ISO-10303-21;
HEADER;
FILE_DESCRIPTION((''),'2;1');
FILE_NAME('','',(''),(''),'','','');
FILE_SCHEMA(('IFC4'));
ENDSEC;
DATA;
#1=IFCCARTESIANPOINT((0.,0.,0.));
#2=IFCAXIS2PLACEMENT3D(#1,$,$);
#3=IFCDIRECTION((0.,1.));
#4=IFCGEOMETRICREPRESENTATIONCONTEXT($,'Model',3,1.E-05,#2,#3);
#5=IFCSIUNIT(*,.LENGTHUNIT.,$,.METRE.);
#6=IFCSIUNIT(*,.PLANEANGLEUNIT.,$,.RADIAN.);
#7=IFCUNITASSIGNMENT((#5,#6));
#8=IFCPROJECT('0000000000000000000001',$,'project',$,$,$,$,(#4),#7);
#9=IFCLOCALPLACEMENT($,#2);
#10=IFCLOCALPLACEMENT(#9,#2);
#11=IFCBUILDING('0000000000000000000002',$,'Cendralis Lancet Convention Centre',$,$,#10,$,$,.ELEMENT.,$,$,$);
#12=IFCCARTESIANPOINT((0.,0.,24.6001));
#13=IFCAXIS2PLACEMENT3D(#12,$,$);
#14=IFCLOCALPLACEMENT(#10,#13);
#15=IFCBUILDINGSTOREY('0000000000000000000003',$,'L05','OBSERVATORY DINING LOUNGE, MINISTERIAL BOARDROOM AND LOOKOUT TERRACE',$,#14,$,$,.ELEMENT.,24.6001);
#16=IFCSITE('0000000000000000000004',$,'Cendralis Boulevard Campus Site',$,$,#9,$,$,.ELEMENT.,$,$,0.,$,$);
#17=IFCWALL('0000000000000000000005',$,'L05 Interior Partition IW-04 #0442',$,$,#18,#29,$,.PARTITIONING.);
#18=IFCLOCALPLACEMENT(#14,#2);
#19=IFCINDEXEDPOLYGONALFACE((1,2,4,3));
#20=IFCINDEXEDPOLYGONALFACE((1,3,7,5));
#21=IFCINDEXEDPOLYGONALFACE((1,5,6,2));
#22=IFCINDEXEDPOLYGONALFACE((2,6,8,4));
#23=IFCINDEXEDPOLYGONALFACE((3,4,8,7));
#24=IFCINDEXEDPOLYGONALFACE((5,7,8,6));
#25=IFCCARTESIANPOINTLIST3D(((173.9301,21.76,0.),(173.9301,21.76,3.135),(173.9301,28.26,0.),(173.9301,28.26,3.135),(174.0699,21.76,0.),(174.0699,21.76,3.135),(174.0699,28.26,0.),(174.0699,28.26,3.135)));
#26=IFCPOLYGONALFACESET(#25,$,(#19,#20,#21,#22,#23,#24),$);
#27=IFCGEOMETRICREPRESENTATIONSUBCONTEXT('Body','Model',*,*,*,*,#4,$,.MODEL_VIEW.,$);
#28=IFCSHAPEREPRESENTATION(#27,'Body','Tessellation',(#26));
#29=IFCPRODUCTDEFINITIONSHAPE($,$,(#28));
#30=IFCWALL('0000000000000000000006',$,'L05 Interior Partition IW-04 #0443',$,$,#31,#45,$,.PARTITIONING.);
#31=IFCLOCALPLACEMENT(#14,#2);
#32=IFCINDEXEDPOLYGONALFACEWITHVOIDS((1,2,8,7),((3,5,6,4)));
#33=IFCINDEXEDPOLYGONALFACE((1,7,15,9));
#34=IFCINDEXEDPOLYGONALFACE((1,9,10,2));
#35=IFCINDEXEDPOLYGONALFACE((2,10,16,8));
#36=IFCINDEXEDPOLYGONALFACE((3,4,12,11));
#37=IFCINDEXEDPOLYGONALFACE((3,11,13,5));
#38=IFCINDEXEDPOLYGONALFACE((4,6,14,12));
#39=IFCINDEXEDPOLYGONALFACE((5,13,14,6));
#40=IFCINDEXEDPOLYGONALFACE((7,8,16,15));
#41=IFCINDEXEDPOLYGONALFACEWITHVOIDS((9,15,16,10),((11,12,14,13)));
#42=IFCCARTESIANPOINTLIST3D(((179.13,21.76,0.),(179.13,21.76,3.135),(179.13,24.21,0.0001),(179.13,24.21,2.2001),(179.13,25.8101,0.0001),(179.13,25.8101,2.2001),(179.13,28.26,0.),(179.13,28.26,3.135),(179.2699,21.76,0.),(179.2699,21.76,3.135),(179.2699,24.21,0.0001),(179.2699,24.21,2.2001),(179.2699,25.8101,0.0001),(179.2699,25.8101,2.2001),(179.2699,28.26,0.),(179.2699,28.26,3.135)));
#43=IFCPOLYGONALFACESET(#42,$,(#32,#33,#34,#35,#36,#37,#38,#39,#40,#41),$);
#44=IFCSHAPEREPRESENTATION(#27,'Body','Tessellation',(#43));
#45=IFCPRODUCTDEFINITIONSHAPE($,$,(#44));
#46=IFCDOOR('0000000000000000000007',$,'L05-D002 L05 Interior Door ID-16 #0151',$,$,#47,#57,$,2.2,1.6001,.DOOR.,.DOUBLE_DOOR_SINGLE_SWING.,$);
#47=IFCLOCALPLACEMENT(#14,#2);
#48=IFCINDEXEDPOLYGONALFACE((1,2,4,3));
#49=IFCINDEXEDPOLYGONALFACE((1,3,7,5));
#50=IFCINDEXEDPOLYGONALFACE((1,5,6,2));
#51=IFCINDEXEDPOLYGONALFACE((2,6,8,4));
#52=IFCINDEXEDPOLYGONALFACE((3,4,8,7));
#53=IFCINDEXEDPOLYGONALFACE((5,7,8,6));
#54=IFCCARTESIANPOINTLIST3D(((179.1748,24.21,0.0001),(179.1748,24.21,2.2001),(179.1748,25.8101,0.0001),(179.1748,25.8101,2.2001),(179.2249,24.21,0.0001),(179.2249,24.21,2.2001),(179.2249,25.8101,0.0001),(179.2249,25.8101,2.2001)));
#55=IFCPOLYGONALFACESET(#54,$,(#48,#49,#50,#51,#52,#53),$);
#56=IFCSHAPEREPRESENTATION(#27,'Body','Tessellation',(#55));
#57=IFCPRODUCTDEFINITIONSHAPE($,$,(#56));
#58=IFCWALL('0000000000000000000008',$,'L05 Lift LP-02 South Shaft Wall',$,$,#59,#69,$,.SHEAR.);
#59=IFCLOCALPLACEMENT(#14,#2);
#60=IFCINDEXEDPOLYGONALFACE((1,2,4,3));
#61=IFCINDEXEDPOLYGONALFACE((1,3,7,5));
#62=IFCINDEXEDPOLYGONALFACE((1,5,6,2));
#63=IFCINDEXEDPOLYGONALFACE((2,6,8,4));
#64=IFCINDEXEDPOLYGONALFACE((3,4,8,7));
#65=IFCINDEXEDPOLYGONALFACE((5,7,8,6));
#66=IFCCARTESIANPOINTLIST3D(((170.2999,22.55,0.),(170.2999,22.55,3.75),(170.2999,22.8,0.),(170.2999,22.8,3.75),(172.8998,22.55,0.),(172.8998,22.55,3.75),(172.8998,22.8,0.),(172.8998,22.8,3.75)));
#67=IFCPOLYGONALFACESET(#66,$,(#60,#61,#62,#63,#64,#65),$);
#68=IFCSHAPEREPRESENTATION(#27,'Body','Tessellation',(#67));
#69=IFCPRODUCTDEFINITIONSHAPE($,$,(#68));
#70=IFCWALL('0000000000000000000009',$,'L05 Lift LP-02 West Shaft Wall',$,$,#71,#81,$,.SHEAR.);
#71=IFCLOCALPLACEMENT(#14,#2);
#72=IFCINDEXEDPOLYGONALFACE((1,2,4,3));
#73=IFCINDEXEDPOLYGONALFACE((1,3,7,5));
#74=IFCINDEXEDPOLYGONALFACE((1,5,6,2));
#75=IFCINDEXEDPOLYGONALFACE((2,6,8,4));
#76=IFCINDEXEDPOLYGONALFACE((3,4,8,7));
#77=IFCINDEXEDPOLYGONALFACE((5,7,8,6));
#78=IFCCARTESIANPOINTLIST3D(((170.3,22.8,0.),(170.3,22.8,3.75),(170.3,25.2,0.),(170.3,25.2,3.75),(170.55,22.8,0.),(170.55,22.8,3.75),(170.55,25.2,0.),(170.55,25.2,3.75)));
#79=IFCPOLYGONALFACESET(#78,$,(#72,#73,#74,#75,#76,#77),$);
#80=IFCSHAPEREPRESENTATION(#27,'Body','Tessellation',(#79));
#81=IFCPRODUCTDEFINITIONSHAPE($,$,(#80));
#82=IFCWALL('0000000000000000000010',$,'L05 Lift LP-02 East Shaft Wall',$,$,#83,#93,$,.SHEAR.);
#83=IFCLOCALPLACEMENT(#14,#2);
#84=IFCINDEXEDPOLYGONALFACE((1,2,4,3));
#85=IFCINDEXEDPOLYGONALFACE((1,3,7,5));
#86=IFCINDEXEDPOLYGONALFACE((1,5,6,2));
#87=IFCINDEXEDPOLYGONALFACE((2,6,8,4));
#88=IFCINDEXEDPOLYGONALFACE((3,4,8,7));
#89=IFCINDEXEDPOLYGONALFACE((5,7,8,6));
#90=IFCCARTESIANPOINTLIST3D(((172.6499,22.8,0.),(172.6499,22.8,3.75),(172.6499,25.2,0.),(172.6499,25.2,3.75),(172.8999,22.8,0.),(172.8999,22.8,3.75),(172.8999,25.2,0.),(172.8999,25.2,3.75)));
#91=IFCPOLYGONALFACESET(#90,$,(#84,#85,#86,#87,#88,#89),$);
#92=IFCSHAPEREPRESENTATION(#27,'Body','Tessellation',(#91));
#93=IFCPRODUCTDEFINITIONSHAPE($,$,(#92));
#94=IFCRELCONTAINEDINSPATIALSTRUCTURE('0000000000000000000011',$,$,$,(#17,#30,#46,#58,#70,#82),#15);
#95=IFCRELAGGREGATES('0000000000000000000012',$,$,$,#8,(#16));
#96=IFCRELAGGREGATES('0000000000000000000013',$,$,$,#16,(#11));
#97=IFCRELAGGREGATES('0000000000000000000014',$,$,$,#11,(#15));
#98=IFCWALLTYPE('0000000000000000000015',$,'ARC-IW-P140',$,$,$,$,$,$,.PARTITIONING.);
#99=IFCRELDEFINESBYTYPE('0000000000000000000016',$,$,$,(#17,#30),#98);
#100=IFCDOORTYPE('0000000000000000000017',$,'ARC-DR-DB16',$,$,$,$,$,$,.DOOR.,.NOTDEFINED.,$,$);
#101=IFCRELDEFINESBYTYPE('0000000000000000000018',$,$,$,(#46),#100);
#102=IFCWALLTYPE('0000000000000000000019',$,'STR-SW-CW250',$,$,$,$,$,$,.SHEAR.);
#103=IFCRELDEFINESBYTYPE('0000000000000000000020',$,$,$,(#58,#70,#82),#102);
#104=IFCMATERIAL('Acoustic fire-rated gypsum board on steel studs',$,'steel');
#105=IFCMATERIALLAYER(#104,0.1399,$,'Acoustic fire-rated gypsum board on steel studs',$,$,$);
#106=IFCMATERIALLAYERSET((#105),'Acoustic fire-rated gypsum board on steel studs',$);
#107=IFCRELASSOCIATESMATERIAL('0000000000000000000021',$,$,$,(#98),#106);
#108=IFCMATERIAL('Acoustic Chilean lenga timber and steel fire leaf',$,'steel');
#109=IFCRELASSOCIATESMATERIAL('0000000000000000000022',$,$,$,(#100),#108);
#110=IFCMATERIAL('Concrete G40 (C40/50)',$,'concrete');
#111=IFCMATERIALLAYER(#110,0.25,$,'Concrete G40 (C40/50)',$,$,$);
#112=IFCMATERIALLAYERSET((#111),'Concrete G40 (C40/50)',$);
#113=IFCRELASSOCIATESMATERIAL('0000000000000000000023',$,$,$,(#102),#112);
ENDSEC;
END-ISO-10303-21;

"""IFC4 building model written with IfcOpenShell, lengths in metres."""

from ifc_helpers import new_model, si_unit, direction, frame, frame_2d, origin, place, context, subcontext, project, spatial, rectangle, extrude, material, layer, layer_set, type_object, element, fill, save


model = new_model("IFC4")

# Units and contexts
model_context = context("Model", 3, precision=1e-05, world=origin(), true_north=direction((0.0, 1.0)))
body_context = subcontext(model_context, "Body", "Model", "MODEL_VIEW")
ifc_project = project(units=[si_unit("LENGTHUNIT", "METRE"), si_unit("PLANEANGLEUNIT", "RADIAN")], contexts=[model_context])

# Site, building, storey
site_placement = place(None, origin())
site = spatial("IfcSite", under=ifc_project, at=site_placement, Name="Cendralis Boulevard Campus Site", CompositionType="ELEMENT", RefElevation=0.0)
building_placement = place(site_placement, origin())
building = spatial("IfcBuilding", under=site, at=building_placement, Name="Cendralis Lancet Convention Centre", CompositionType="ELEMENT")
storey_placement = place(building_placement, frame((0.0, 0.0, 24.6001)))
storey = spatial("IfcBuildingStorey", under=building, at=storey_placement, Name="L05", Description="OBSERVATORY DINING LOUNGE, MINISTERIAL BOARDROOM AND LOOKOUT TERRACE", CompositionType="ELEMENT", Elevation=24.6001)

# Shared definitions
ifc_material_1 = material(Name="Concrete G40 (C40/50)", Category="concrete")

# Wall
ifc_material_2 = material(Name="Acoustic fire-rated gypsum board on steel studs", Category="steel")
ifc_layer_1 = layer(ifc_material_2, 0.1399, Name="Acoustic fire-rated gypsum board on steel studs")
ifc_layer_set_1 = layer_set([ifc_layer_1], Name="Acoustic fire-rated gypsum board on steel studs")
wall_type_1 = type_object("IfcWallType", Name="ARC-IW-P140", PredefinedType="PARTITIONING", material=ifc_layer_set_1)
wall_1_placement = place(storey_placement, frame((174.0, 21.76, 0.0), z_axis=(0.0, 0.0, 1.0), x_axis=(0.0, 1.0, 0.0)))
element("IfcWall", 1, at=wall_1_placement, inside=storey, type_object=wall_type_1, Name="L05 Interior Partition IW-04 #0442", PredefinedType="PARTITIONING", context=body_context, shape_type="SweptSolid", body=[
    extrude(rectangle(XDim=6.5, YDim=0.1399, at=frame_2d((3.25, 0.0))), origin(), (0.0, 0.0, 1.0), 3.135),
])

# Wall, opening, door
wall_2_placement = place(storey_placement, frame((179.2, 21.76, 0.0), z_axis=(0.0, 0.0, 1.0), x_axis=(0.0, 1.0, 0.0)))
wall_2 = element("IfcWall", 2, at=wall_2_placement, inside=storey, type_object=wall_type_1, Name="L05 Interior Partition IW-04 #0443", PredefinedType="PARTITIONING", context=body_context, shape_type="SweptSolid", body=[
    extrude(rectangle(XDim=6.5, YDim=0.1399, at=frame_2d((3.25, 0.0))), origin(), (0.0, 0.0, 1.0), 3.135),
])
opening_1_placement = place(wall_2_placement, frame((2.45, 0.0, 0.0)))
opening_1 = element("IfcOpeningElement", 3, at=opening_1_placement, cuts=wall_2, PredefinedType="OPENING", context=body_context, shape_type="SweptSolid", body=[
    extrude(rectangle(XDim=1.6001, YDim=2.2, at=frame_2d((0.8, 1.1001))), frame((0.0, 0.0798, 0.0), z_axis=(0.0, -1.0, 0.0), x_axis=(1.0, 0.0, 0.0)), (0.0, 0.0, 1.0), 0.1599),
])
ifc_material_3 = material(Name="Acoustic Chilean lenga timber and steel fire leaf", Category="steel")
door_type_1 = type_object("IfcDoorType", Name="ARC-DR-DB16", OperationType="NOTDEFINED", PredefinedType="DOOR", material=ifc_material_3)
door_1_placement = place(opening_1_placement, frame((1.6001, 0.0, 0.0), z_axis=(0.0, 0.0, 1.0), x_axis=(-1.0, 0.0, 0.0)))
door_1 = element("IfcDoor", 4, at=door_1_placement, inside=storey, type_object=door_type_1, Name="L05-D002 L05 Interior Door ID-16 #0151", OperationType="DOUBLE_DOOR_SINGLE_SWING", OverallHeight=2.2, OverallWidth=1.6001, PredefinedType="DOOR", context=body_context, shape_type="SweptSolid", body=[
    extrude(rectangle(XDim=1.6001, YDim=2.2, at=frame_2d((0.8, 1.1001))), frame((0.0, 0.0249, 0.0), z_axis=(0.0, -1.0, 0.0), x_axis=(1.0, 0.0, 0.0)), (0.0, 0.0, 1.0), 0.05),
])
fill(opening_1, door_1)

# Wall
ifc_layer_2 = layer(ifc_material_1, 0.25, Name="Concrete G40 (C40/50)")
ifc_layer_set_2 = layer_set([ifc_layer_2], Name="Concrete G40 (C40/50)")
wall_type_2 = type_object("IfcWallType", Name="STR-SW-CW250", PredefinedType="SHEAR", material=ifc_layer_set_2)
wall_3_placement = place(storey_placement, frame((170.3, 22.675, 0.0), z_axis=(0.0, 0.0, 1.0), x_axis=(1.0, 0.0, 0.0)))
element("IfcWall", 5, at=wall_3_placement, inside=storey, type_object=wall_type_2, Name="L05 Lift LP-02 South Shaft Wall", PredefinedType="SHEAR", context=body_context, shape_type="SweptSolid", body=[
    extrude(rectangle(XDim=2.5999, YDim=0.25, at=frame_2d((1.2998, 0.0))), origin(), (0.0, 0.0, 1.0), 3.75),
])

# Walls
for number, where, z_axis, x_axis, name in (
    (6, (170.425, 22.8, 0.0), (0.0, 0.0, 1.0), (0.0, 1.0, 0.0), "L05 Lift LP-02 West Shaft Wall"),
    (7, (172.7749, 22.8, 0.0), (0.0, 0.0, 1.0), (0.0, 1.0, 0.0), "L05 Lift LP-02 East Shaft Wall"),
):
    element("IfcWall", number, at=place(storey_placement, frame(where, z_axis=z_axis, x_axis=x_axis)), inside=storey, type_object=wall_type_2, Name=name, PredefinedType="SHEAR", context=body_context, shape_type="SweptSolid", body=[
        extrude(rectangle(XDim=2.3999, YDim=0.25, at=frame_2d((1.2, 0.0))), origin(), (0.0, 0.0, 1.0), 3.75),
    ])

save(model, "model.ifc")
